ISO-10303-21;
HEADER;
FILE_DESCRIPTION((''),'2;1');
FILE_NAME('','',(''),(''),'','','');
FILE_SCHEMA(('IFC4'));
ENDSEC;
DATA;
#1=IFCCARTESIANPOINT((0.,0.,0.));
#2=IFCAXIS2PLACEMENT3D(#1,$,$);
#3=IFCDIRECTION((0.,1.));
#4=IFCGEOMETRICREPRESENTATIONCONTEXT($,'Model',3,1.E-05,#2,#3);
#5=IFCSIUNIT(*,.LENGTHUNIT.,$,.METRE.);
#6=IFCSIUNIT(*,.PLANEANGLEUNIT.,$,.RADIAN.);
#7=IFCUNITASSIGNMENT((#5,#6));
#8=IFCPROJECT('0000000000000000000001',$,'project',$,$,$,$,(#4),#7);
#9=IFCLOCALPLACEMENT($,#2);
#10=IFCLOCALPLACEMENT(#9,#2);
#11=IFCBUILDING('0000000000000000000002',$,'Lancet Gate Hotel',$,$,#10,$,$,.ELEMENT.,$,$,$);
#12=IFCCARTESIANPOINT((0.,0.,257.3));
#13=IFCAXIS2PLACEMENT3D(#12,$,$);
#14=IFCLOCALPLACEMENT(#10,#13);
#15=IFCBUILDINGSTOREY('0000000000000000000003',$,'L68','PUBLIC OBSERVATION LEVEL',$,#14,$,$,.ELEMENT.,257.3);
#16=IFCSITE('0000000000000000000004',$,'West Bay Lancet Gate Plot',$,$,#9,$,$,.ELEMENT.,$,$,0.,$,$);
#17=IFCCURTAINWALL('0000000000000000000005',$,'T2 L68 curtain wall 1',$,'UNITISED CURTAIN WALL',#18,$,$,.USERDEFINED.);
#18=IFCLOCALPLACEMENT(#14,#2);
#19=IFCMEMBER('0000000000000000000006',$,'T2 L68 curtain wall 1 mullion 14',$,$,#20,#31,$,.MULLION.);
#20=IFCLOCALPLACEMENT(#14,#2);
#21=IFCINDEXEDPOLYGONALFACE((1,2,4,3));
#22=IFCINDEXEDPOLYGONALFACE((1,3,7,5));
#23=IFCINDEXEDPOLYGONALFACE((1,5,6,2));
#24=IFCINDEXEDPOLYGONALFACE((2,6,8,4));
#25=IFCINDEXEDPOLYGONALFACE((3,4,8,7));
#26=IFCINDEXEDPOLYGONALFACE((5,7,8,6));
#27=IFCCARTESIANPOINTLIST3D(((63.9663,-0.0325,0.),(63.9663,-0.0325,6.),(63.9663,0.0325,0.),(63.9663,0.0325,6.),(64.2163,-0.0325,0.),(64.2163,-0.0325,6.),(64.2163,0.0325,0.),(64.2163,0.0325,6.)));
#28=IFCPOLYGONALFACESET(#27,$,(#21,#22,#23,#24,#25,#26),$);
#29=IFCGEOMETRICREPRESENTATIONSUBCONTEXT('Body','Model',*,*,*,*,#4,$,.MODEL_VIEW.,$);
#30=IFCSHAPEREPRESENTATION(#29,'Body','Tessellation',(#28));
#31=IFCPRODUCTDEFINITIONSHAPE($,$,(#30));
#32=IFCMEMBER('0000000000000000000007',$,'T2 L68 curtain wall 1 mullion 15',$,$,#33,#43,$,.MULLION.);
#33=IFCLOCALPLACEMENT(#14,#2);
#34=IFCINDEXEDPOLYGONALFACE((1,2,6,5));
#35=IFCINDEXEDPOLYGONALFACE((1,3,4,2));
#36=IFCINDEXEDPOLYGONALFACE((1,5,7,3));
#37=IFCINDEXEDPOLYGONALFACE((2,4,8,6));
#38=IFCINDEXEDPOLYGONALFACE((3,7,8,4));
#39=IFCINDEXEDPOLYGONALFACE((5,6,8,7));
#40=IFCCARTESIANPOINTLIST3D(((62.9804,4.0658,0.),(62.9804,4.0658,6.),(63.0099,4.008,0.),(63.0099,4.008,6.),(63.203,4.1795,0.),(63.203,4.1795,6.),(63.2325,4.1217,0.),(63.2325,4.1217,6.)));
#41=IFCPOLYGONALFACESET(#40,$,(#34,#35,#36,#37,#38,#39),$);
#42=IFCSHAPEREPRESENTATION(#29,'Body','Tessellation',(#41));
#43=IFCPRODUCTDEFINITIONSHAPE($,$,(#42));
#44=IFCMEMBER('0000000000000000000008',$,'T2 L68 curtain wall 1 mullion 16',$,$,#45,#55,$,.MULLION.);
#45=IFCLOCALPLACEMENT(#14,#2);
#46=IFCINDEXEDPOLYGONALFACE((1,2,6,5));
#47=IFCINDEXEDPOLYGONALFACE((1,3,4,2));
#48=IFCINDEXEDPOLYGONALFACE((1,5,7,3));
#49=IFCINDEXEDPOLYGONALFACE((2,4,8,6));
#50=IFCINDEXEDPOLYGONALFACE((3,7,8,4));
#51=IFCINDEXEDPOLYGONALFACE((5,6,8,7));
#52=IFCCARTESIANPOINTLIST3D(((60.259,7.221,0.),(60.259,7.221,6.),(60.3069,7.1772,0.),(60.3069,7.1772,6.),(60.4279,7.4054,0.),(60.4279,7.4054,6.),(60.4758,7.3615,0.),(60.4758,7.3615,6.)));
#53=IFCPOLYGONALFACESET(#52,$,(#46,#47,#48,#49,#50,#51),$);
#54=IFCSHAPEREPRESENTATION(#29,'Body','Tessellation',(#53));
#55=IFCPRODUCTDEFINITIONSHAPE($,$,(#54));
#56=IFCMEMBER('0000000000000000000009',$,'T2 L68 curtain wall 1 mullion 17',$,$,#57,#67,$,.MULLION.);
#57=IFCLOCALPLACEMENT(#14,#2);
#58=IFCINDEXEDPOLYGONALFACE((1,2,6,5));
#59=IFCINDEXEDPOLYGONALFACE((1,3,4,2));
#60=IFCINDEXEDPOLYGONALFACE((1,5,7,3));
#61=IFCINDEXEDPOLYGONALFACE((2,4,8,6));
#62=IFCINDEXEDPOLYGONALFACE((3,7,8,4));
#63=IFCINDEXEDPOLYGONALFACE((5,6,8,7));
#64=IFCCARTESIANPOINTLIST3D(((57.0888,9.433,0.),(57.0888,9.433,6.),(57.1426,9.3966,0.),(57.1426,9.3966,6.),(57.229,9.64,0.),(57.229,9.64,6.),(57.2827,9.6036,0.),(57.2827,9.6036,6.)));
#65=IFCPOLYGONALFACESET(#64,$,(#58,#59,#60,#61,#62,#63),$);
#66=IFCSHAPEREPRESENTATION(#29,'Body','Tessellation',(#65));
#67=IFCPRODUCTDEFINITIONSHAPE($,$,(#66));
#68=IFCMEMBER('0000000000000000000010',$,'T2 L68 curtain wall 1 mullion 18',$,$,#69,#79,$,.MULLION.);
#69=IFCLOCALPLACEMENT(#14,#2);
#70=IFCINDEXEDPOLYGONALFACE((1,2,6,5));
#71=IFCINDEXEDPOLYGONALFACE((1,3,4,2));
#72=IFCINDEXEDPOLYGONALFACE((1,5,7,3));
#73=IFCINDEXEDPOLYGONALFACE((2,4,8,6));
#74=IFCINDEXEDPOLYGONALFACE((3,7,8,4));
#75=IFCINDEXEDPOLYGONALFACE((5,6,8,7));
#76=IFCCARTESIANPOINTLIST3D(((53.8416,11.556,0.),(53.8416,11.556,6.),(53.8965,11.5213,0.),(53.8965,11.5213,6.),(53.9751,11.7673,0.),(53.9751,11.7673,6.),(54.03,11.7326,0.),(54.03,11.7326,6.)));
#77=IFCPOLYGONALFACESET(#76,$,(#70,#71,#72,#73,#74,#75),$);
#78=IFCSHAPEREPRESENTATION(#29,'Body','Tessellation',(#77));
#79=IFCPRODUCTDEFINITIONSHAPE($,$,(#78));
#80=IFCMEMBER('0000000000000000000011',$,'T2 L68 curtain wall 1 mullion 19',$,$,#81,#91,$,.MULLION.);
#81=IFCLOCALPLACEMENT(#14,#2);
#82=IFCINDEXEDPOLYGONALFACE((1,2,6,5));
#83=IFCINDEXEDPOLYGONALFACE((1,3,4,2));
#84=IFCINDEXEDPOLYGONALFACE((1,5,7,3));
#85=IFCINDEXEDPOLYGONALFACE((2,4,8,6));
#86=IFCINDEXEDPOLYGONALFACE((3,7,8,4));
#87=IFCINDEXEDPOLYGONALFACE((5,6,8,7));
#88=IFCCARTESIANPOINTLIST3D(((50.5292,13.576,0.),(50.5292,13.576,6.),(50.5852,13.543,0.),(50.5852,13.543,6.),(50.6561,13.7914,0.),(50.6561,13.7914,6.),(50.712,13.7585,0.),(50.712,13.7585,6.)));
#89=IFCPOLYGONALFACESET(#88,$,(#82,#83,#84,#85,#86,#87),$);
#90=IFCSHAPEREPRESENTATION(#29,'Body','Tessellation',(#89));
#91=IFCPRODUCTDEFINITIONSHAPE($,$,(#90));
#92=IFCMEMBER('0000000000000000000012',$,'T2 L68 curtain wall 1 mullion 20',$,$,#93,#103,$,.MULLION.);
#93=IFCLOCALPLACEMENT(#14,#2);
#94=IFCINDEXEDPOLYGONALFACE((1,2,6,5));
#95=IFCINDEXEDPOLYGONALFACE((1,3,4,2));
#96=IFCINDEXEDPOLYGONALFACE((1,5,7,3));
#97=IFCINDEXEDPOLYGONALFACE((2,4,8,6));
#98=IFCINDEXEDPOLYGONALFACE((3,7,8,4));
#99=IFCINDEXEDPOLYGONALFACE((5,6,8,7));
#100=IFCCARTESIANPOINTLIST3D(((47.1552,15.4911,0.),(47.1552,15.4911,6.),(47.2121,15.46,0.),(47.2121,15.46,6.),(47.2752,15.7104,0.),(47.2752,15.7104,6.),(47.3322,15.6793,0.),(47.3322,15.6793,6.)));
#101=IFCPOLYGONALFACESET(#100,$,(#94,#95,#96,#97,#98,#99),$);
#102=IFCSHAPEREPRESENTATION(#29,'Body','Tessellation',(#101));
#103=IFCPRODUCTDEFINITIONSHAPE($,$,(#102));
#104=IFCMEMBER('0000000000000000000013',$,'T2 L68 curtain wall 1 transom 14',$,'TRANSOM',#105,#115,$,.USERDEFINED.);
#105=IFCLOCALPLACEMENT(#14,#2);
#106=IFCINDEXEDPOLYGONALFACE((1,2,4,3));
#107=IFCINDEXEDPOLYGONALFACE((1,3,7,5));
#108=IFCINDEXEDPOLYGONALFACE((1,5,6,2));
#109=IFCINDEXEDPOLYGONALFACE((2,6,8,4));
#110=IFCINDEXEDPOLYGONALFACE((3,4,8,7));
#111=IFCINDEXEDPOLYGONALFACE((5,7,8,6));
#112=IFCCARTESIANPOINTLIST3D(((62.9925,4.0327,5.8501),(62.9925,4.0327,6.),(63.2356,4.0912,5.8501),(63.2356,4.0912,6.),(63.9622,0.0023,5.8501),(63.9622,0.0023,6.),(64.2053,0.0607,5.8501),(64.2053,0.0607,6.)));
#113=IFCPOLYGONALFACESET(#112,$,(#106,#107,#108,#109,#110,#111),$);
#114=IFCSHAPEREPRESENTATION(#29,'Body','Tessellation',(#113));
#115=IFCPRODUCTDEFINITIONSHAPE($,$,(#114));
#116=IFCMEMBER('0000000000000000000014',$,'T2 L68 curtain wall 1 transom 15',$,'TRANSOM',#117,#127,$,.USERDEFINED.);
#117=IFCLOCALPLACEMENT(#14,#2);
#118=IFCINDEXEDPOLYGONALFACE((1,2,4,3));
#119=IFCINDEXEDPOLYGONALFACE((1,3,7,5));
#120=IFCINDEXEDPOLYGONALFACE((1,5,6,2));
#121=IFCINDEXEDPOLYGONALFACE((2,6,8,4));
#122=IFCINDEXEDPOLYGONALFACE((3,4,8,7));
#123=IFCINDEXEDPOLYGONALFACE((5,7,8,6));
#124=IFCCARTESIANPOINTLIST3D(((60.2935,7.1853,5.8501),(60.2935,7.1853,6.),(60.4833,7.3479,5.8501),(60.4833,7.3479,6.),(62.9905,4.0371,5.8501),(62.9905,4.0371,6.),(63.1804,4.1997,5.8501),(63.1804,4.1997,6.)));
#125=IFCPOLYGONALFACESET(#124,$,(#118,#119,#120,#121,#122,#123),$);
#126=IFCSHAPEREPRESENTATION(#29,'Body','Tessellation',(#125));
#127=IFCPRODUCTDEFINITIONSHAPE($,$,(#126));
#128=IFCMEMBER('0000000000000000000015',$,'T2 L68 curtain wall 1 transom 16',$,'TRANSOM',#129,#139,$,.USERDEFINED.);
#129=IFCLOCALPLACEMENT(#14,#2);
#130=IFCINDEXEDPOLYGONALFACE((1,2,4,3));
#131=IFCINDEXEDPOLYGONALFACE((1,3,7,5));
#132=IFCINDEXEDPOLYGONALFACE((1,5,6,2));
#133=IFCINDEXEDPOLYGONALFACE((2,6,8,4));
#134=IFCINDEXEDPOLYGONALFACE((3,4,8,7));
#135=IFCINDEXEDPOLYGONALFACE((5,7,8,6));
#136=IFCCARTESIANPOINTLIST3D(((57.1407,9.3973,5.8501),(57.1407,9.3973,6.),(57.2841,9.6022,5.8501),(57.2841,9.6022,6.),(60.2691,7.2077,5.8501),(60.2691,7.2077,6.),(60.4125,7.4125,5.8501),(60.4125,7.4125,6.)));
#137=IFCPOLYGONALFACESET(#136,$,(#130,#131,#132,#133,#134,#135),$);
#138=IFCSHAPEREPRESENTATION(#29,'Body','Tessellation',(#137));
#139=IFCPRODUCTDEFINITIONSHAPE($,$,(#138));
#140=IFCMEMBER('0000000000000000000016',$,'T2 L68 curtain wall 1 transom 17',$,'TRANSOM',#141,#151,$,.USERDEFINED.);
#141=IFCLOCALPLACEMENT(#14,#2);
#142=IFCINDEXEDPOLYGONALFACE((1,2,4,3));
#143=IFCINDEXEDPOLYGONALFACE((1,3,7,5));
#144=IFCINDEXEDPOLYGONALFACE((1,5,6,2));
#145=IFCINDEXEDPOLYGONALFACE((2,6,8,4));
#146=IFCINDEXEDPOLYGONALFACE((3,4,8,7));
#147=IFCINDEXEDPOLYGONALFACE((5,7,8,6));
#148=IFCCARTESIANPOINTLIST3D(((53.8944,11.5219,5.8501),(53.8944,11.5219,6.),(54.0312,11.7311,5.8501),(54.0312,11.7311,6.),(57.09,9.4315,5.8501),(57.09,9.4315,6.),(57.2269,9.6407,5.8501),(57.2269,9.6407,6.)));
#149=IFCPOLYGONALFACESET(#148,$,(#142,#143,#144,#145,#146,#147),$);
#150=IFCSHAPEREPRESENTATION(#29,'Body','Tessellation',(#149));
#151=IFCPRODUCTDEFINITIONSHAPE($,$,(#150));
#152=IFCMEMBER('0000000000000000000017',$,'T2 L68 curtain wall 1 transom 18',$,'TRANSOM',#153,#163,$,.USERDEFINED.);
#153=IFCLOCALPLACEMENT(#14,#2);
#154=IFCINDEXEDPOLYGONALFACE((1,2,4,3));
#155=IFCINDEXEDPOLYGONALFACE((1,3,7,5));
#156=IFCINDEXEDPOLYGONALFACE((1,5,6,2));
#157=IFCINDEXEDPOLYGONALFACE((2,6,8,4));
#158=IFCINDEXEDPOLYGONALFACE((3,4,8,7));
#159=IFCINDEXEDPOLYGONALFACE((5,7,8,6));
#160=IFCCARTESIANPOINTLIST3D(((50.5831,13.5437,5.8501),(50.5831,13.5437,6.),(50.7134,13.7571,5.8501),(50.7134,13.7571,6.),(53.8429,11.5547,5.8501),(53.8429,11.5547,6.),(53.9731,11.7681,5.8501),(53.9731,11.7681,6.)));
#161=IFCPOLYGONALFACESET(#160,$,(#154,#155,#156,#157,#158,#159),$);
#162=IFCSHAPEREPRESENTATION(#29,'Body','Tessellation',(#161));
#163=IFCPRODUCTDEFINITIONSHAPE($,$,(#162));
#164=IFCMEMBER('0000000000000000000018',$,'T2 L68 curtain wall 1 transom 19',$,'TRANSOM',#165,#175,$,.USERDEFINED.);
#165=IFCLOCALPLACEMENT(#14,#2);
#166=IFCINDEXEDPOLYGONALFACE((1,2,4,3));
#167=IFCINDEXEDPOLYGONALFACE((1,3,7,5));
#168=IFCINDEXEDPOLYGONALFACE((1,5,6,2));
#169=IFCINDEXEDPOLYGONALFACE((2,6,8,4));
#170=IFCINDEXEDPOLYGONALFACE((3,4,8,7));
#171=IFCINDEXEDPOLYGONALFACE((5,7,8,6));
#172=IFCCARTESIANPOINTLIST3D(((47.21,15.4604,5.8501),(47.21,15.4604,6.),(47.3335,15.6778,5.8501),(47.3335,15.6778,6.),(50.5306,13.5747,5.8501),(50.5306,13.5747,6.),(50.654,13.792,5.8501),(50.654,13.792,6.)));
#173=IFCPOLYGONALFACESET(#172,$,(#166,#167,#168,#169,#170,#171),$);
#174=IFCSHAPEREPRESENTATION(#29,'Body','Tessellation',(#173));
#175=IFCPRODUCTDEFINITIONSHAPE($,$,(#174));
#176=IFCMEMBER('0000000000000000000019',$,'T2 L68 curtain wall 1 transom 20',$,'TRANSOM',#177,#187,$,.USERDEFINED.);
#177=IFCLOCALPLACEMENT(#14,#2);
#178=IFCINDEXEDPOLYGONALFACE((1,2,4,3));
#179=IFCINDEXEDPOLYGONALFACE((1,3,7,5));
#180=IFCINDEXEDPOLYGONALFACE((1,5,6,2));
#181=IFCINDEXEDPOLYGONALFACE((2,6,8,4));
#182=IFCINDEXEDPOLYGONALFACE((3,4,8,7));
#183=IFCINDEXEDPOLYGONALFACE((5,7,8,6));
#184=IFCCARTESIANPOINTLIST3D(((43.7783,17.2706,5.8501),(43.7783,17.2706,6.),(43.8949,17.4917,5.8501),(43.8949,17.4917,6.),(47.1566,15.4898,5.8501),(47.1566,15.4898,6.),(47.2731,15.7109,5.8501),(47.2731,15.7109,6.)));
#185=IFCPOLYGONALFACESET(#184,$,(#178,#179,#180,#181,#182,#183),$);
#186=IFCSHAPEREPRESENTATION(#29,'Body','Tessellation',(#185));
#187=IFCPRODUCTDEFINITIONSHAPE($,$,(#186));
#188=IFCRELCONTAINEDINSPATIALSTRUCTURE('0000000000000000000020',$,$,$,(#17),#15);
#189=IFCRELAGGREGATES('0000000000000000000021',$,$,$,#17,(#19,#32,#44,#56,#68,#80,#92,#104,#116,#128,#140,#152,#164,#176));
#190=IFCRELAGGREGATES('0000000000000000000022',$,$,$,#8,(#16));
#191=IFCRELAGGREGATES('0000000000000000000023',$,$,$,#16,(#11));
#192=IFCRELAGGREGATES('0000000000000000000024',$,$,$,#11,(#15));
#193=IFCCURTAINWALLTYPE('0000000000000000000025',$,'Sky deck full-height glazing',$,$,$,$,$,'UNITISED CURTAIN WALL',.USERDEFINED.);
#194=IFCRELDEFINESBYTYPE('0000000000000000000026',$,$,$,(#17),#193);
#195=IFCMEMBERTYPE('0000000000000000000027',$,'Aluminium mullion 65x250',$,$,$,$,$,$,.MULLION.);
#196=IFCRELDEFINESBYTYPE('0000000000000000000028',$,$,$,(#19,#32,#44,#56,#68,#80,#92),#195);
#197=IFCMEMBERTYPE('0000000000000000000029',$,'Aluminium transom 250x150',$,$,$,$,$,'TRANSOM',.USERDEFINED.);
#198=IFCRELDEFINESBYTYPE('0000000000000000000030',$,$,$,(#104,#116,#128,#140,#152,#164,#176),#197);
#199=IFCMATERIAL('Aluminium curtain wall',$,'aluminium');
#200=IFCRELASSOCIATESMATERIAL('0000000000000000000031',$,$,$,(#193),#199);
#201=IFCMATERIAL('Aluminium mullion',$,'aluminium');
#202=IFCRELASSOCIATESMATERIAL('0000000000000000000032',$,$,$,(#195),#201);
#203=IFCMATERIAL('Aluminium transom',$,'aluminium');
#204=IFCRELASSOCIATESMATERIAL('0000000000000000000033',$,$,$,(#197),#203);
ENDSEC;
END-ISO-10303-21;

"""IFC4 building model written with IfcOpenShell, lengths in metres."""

from ifc_helpers import new_model, si_unit, direction, frame, origin, origin_2d, place, context, subcontext, project, spatial, rectangle, extrude, material, material_profile, profile_set, type_object, element, aggregate, save


model = new_model("IFC4")

# Units and contexts
model_context = context("Model", 3, precision=1e-05, world=origin(), true_north=direction((0.0, 1.0)))
body_context = subcontext(model_context, "Body", "Model", "MODEL_VIEW")
ifc_project = project(units=[si_unit("LENGTHUNIT", "METRE"), si_unit("PLANEANGLEUNIT", "RADIAN")], contexts=[model_context])

# Site, building, storey
site_placement = place(None, origin())
site = spatial("IfcSite", under=ifc_project, at=site_placement, Name="West Bay Lancet Gate Plot", CompositionType="ELEMENT", RefElevation=0.0)
building_placement = place(site_placement, origin())
building = spatial("IfcBuilding", under=site, at=building_placement, Name="Lancet Gate Hotel", CompositionType="ELEMENT")
storey_placement = place(building_placement, frame((0.0, 0.0, 257.3)))
storey = spatial("IfcBuildingStorey", under=building, at=storey_placement, Name="L68", Description="PUBLIC OBSERVATION LEVEL", CompositionType="ELEMENT", Elevation=257.3)

# Curtain wall, members
ifc_material_1 = material(Name="Aluminium curtain wall", Category="aluminium")
curtain_wall_type = type_object("IfcCurtainWallType", Name="Sky deck full-height glazing", ElementType="UNITISED CURTAIN WALL", PredefinedType="USERDEFINED", material=ifc_material_1)
curtain_wall_placement = place(storey_placement, origin())
curtain_wall = element("IfcCurtainWall", 1, at=curtain_wall_placement, inside=storey, type_object=curtain_wall_type, Name="T2 L68 curtain wall 1", ObjectType="UNITISED CURTAIN WALL", PredefinedType="USERDEFINED")
ifc_material_2 = material(Name="Aluminium mullion", Category="aluminium")
ifc_material_profile_1 = material_profile(ifc_material_2, rectangle(XDim=0.0649, YDim=0.25, at=origin_2d()), Name="MULLION 65x250")
ifc_profile_set_1 = profile_set([ifc_material_profile_1], Name="Aluminium mullion")
member_type_1 = type_object("IfcMemberType", Name="Aluminium mullion 65x250", PredefinedType="MULLION", material=ifc_profile_set_1)
member_1_placement = place(storey_placement, frame((64.0913, 0.0, 0.0), z_axis=(0.0, 0.0, 1.0), x_axis=(0.0, 1.0, 0.0)))
member_1 = element("IfcMember", 2, at=member_1_placement, type_object=member_type_1, Name="T2 L68 curtain wall 1 mullion 14", PredefinedType="MULLION", context=body_context, shape_type="SweptSolid", body=[
    extrude(rectangle(XDim=0.0649, YDim=0.25, at=origin_2d()), origin(), (0.0, 0.0, 1.0), 6.0),
])
member_2_placement = place(storey_placement, frame((63.1064, 4.0938, 0.0), z_axis=(0.0, 0.0, 1.0), x_axis=(-0.454853, 0.890567, 0.0)))
member_2 = element("IfcMember", 3, at=member_2_placement, type_object=member_type_1, Name="T2 L68 curtain wall 1 mullion 15", PredefinedType="MULLION", context=body_context, shape_type="SweptSolid", body=[
    extrude(rectangle(XDim=0.0649, YDim=0.25, at=origin_2d()), origin(), (0.0, 0.0, 1.0), 6.0),
])
member_3_placement = place(storey_placement, frame((60.3674, 7.2913, 0.0), z_axis=(0.0, 0.0, 1.0), x_axis=(-0.737323, 0.67554, 0.0)))
member_3 = element("IfcMember", 4, at=member_3_placement, type_object=member_type_1, Name="T2 L68 curtain wall 1 mullion 16", PredefinedType="MULLION", context=body_context, shape_type="SweptSolid", body=[
    extrude(rectangle(XDim=0.0649, YDim=0.25, at=origin_2d()), origin(), (0.0, 0.0, 1.0), 6.0),
])
member_4_placement = place(storey_placement, frame((57.1858, 9.5183, 0.0), z_axis=(0.0, 0.0, 1.0), x_axis=(-0.828155, 0.5605, 0.0)))
member_4 = element("IfcMember", 5, at=member_4_placement, type_object=member_type_1, Name="T2 L68 curtain wall 1 mullion 17", PredefinedType="MULLION", context=body_context, shape_type="SweptSolid", body=[
    extrude(rectangle(XDim=0.0649, YDim=0.25, at=origin_2d()), origin(), (0.0, 0.0, 1.0), 6.0),
])
member_5_placement = place(storey_placement, frame((53.9358, 11.6443, 0.0), z_axis=(0.0, 0.0, 1.0), x_axis=(-0.84534, 0.534229, 0.0)))
member_5 = element("IfcMember", 6, at=member_5_placement, type_object=member_type_1, Name="T2 L68 curtain wall 1 mullion 18", PredefinedType="MULLION", context=body_context, shape_type="SweptSolid", body=[
    extrude(rectangle(XDim=0.0649, YDim=0.25, at=origin_2d()), origin(), (0.0, 0.0, 1.0), 6.0),
])
member_6_placement = place(storey_placement, frame((50.6206, 13.6672, 0.0), z_axis=(0.0, 0.0, 1.0), x_axis=(-0.861692, 0.507432, 0.0)))
member_6 = element("IfcMember", 7, at=member_6_placement, type_object=member_type_1, Name="T2 L68 curtain wall 1 mullion 19", PredefinedType="MULLION", context=body_context, shape_type="SweptSolid", body=[
    extrude(rectangle(XDim=0.0649, YDim=0.25, at=origin_2d()), origin(), (0.0, 0.0, 1.0), 6.0),
])
member_7_placement = place(storey_placement, frame((47.2437, 15.5852, 0.0), z_axis=(0.0, 0.0, 1.0), x_axis=(-0.877195, 0.480135, 0.0)))
member_7 = element("IfcMember", 8, at=member_7_placement, type_object=member_type_1, Name="T2 L68 curtain wall 1 mullion 20", PredefinedType="MULLION", context=body_context, shape_type="SweptSolid", body=[
    extrude(rectangle(XDim=0.0649, YDim=0.25, at=origin_2d()), origin(), (0.0, 0.0, 1.0), 6.0),
])
ifc_material_3 = material(Name="Aluminium transom", Category="aluminium")
ifc_material_profile_2 = material_profile(ifc_material_3, rectangle(XDim=0.25, YDim=0.1499, at=origin_2d()), Name="TRANSOM 250x150")
ifc_profile_set_2 = profile_set([ifc_material_profile_2], Name="Aluminium transom")
member_type_2 = type_object("IfcMemberType", Name="Aluminium transom 250x150", ElementType="TRANSOM", PredefinedType="USERDEFINED", material=ifc_profile_set_2)
member_8_placement = place(storey_placement, frame((64.0837, 0.0315, 5.925), z_axis=(-0.233921, 0.972256, 0.0), x_axis=(-0.972256, -0.233921, 0.0)))
member_8 = element("IfcMember", 9, at=member_8_placement, type_object=member_type_2, Name="T2 L68 curtain wall 1 transom 14", ObjectType="TRANSOM", PredefinedType="USERDEFINED", context=body_context, shape_type="SweptSolid", body=[
    extrude(rectangle(XDim=0.25, YDim=0.1499, at=origin_2d()), origin(), (0.0, 0.0, 1.0), 4.1455),
])
member_9_placement = place(storey_placement, frame((63.0854, 4.1184, 5.925), z_axis=(-0.650593, 0.759427, 0.0), x_axis=(-0.759427, -0.650593, 0.0)))
member_9 = element("IfcMember", 10, at=member_9_placement, type_object=member_type_2, Name="T2 L68 curtain wall 1 transom 15", ObjectType="TRANSOM", PredefinedType="USERDEFINED", context=body_context, shape_type="SweptSolid", body=[
    extrude(rectangle(XDim=0.25, YDim=0.1499, at=origin_2d()), origin(), (0.0, 0.0, 1.0), 4.1455),
])
member_10_placement = place(storey_placement, frame((60.3408, 7.3101, 5.925), z_axis=(-0.819256, 0.573428, 0.0), x_axis=(-0.573428, -0.819256, 0.0)))
member_10 = element("IfcMember", 11, at=member_10_placement, type_object=member_type_2, Name="T2 L68 curtain wall 1 transom 16", ObjectType="TRANSOM", PredefinedType="USERDEFINED", context=body_context, shape_type="SweptSolid", body=[
    extrude(rectangle(XDim=0.25, YDim=0.1499, at=origin_2d()), origin(), (0.0, 0.0, 1.0), 3.8186),
])
member_11_placement = place(storey_placement, frame((57.1584, 9.5361, 5.925), z_axis=(-0.836858, 0.54742, 0.0), x_axis=(-0.54742, -0.836858, 0.0)))
member_11 = element("IfcMember", 12, at=member_11_placement, type_object=member_type_2, Name="T2 L68 curtain wall 1 transom 17", ObjectType="TRANSOM", PredefinedType="USERDEFINED", context=body_context, shape_type="SweptSolid", body=[
    extrude(rectangle(XDim=0.25, YDim=0.1499, at=origin_2d()), origin(), (0.0, 0.0, 1.0), 3.8186),
])
member_12_placement = place(storey_placement, frame((53.908, 11.6614, 5.925), z_axis=(-0.853639, 0.520865, 0.0), x_axis=(-0.520865, -0.853639, 0.0)))
member_12 = element("IfcMember", 13, at=member_12_placement, type_object=member_type_2, Name="T2 L68 curtain wall 1 transom 18", ObjectType="TRANSOM", PredefinedType="USERDEFINED", context=body_context, shape_type="SweptSolid", body=[
    extrude(rectangle(XDim=0.25, YDim=0.1499, at=origin_2d()), origin(), (0.0, 0.0, 1.0), 3.8186),
])
member_13_placement = place(storey_placement, frame((50.5923, 13.6833, 5.925), z_axis=(-0.869562, 0.493824, 0.0), x_axis=(-0.493824, -0.869562, 0.0)))
member_13 = element("IfcMember", 14, at=member_13_placement, type_object=member_type_2, Name="T2 L68 curtain wall 1 transom 19", ObjectType="TRANSOM", PredefinedType="USERDEFINED", context=body_context, shape_type="SweptSolid", body=[
    extrude(rectangle(XDim=0.25, YDim=0.1499, at=origin_2d()), origin(), (0.0, 0.0, 1.0), 3.8186),
])
member_14_placement = place(storey_placement, frame((47.2148, 15.6003, 5.925), z_axis=(-0.884618, 0.466315, 0.0), x_axis=(-0.466315, -0.884618, 0.0)))
member_14 = element("IfcMember", 15, at=member_14_placement, type_object=member_type_2, Name="T2 L68 curtain wall 1 transom 20", ObjectType="TRANSOM", PredefinedType="USERDEFINED", context=body_context, shape_type="SweptSolid", body=[
    extrude(rectangle(XDim=0.25, YDim=0.1499, at=origin_2d()), origin(), (0.0, 0.0, 1.0), 3.8188),
])

aggregate(curtain_wall, [member_1, member_2, member_3, member_4, member_5, member_6, member_7, member_8, member_9, member_10, member_11, member_12, member_13, member_14])

save(model, "model.ifc")
